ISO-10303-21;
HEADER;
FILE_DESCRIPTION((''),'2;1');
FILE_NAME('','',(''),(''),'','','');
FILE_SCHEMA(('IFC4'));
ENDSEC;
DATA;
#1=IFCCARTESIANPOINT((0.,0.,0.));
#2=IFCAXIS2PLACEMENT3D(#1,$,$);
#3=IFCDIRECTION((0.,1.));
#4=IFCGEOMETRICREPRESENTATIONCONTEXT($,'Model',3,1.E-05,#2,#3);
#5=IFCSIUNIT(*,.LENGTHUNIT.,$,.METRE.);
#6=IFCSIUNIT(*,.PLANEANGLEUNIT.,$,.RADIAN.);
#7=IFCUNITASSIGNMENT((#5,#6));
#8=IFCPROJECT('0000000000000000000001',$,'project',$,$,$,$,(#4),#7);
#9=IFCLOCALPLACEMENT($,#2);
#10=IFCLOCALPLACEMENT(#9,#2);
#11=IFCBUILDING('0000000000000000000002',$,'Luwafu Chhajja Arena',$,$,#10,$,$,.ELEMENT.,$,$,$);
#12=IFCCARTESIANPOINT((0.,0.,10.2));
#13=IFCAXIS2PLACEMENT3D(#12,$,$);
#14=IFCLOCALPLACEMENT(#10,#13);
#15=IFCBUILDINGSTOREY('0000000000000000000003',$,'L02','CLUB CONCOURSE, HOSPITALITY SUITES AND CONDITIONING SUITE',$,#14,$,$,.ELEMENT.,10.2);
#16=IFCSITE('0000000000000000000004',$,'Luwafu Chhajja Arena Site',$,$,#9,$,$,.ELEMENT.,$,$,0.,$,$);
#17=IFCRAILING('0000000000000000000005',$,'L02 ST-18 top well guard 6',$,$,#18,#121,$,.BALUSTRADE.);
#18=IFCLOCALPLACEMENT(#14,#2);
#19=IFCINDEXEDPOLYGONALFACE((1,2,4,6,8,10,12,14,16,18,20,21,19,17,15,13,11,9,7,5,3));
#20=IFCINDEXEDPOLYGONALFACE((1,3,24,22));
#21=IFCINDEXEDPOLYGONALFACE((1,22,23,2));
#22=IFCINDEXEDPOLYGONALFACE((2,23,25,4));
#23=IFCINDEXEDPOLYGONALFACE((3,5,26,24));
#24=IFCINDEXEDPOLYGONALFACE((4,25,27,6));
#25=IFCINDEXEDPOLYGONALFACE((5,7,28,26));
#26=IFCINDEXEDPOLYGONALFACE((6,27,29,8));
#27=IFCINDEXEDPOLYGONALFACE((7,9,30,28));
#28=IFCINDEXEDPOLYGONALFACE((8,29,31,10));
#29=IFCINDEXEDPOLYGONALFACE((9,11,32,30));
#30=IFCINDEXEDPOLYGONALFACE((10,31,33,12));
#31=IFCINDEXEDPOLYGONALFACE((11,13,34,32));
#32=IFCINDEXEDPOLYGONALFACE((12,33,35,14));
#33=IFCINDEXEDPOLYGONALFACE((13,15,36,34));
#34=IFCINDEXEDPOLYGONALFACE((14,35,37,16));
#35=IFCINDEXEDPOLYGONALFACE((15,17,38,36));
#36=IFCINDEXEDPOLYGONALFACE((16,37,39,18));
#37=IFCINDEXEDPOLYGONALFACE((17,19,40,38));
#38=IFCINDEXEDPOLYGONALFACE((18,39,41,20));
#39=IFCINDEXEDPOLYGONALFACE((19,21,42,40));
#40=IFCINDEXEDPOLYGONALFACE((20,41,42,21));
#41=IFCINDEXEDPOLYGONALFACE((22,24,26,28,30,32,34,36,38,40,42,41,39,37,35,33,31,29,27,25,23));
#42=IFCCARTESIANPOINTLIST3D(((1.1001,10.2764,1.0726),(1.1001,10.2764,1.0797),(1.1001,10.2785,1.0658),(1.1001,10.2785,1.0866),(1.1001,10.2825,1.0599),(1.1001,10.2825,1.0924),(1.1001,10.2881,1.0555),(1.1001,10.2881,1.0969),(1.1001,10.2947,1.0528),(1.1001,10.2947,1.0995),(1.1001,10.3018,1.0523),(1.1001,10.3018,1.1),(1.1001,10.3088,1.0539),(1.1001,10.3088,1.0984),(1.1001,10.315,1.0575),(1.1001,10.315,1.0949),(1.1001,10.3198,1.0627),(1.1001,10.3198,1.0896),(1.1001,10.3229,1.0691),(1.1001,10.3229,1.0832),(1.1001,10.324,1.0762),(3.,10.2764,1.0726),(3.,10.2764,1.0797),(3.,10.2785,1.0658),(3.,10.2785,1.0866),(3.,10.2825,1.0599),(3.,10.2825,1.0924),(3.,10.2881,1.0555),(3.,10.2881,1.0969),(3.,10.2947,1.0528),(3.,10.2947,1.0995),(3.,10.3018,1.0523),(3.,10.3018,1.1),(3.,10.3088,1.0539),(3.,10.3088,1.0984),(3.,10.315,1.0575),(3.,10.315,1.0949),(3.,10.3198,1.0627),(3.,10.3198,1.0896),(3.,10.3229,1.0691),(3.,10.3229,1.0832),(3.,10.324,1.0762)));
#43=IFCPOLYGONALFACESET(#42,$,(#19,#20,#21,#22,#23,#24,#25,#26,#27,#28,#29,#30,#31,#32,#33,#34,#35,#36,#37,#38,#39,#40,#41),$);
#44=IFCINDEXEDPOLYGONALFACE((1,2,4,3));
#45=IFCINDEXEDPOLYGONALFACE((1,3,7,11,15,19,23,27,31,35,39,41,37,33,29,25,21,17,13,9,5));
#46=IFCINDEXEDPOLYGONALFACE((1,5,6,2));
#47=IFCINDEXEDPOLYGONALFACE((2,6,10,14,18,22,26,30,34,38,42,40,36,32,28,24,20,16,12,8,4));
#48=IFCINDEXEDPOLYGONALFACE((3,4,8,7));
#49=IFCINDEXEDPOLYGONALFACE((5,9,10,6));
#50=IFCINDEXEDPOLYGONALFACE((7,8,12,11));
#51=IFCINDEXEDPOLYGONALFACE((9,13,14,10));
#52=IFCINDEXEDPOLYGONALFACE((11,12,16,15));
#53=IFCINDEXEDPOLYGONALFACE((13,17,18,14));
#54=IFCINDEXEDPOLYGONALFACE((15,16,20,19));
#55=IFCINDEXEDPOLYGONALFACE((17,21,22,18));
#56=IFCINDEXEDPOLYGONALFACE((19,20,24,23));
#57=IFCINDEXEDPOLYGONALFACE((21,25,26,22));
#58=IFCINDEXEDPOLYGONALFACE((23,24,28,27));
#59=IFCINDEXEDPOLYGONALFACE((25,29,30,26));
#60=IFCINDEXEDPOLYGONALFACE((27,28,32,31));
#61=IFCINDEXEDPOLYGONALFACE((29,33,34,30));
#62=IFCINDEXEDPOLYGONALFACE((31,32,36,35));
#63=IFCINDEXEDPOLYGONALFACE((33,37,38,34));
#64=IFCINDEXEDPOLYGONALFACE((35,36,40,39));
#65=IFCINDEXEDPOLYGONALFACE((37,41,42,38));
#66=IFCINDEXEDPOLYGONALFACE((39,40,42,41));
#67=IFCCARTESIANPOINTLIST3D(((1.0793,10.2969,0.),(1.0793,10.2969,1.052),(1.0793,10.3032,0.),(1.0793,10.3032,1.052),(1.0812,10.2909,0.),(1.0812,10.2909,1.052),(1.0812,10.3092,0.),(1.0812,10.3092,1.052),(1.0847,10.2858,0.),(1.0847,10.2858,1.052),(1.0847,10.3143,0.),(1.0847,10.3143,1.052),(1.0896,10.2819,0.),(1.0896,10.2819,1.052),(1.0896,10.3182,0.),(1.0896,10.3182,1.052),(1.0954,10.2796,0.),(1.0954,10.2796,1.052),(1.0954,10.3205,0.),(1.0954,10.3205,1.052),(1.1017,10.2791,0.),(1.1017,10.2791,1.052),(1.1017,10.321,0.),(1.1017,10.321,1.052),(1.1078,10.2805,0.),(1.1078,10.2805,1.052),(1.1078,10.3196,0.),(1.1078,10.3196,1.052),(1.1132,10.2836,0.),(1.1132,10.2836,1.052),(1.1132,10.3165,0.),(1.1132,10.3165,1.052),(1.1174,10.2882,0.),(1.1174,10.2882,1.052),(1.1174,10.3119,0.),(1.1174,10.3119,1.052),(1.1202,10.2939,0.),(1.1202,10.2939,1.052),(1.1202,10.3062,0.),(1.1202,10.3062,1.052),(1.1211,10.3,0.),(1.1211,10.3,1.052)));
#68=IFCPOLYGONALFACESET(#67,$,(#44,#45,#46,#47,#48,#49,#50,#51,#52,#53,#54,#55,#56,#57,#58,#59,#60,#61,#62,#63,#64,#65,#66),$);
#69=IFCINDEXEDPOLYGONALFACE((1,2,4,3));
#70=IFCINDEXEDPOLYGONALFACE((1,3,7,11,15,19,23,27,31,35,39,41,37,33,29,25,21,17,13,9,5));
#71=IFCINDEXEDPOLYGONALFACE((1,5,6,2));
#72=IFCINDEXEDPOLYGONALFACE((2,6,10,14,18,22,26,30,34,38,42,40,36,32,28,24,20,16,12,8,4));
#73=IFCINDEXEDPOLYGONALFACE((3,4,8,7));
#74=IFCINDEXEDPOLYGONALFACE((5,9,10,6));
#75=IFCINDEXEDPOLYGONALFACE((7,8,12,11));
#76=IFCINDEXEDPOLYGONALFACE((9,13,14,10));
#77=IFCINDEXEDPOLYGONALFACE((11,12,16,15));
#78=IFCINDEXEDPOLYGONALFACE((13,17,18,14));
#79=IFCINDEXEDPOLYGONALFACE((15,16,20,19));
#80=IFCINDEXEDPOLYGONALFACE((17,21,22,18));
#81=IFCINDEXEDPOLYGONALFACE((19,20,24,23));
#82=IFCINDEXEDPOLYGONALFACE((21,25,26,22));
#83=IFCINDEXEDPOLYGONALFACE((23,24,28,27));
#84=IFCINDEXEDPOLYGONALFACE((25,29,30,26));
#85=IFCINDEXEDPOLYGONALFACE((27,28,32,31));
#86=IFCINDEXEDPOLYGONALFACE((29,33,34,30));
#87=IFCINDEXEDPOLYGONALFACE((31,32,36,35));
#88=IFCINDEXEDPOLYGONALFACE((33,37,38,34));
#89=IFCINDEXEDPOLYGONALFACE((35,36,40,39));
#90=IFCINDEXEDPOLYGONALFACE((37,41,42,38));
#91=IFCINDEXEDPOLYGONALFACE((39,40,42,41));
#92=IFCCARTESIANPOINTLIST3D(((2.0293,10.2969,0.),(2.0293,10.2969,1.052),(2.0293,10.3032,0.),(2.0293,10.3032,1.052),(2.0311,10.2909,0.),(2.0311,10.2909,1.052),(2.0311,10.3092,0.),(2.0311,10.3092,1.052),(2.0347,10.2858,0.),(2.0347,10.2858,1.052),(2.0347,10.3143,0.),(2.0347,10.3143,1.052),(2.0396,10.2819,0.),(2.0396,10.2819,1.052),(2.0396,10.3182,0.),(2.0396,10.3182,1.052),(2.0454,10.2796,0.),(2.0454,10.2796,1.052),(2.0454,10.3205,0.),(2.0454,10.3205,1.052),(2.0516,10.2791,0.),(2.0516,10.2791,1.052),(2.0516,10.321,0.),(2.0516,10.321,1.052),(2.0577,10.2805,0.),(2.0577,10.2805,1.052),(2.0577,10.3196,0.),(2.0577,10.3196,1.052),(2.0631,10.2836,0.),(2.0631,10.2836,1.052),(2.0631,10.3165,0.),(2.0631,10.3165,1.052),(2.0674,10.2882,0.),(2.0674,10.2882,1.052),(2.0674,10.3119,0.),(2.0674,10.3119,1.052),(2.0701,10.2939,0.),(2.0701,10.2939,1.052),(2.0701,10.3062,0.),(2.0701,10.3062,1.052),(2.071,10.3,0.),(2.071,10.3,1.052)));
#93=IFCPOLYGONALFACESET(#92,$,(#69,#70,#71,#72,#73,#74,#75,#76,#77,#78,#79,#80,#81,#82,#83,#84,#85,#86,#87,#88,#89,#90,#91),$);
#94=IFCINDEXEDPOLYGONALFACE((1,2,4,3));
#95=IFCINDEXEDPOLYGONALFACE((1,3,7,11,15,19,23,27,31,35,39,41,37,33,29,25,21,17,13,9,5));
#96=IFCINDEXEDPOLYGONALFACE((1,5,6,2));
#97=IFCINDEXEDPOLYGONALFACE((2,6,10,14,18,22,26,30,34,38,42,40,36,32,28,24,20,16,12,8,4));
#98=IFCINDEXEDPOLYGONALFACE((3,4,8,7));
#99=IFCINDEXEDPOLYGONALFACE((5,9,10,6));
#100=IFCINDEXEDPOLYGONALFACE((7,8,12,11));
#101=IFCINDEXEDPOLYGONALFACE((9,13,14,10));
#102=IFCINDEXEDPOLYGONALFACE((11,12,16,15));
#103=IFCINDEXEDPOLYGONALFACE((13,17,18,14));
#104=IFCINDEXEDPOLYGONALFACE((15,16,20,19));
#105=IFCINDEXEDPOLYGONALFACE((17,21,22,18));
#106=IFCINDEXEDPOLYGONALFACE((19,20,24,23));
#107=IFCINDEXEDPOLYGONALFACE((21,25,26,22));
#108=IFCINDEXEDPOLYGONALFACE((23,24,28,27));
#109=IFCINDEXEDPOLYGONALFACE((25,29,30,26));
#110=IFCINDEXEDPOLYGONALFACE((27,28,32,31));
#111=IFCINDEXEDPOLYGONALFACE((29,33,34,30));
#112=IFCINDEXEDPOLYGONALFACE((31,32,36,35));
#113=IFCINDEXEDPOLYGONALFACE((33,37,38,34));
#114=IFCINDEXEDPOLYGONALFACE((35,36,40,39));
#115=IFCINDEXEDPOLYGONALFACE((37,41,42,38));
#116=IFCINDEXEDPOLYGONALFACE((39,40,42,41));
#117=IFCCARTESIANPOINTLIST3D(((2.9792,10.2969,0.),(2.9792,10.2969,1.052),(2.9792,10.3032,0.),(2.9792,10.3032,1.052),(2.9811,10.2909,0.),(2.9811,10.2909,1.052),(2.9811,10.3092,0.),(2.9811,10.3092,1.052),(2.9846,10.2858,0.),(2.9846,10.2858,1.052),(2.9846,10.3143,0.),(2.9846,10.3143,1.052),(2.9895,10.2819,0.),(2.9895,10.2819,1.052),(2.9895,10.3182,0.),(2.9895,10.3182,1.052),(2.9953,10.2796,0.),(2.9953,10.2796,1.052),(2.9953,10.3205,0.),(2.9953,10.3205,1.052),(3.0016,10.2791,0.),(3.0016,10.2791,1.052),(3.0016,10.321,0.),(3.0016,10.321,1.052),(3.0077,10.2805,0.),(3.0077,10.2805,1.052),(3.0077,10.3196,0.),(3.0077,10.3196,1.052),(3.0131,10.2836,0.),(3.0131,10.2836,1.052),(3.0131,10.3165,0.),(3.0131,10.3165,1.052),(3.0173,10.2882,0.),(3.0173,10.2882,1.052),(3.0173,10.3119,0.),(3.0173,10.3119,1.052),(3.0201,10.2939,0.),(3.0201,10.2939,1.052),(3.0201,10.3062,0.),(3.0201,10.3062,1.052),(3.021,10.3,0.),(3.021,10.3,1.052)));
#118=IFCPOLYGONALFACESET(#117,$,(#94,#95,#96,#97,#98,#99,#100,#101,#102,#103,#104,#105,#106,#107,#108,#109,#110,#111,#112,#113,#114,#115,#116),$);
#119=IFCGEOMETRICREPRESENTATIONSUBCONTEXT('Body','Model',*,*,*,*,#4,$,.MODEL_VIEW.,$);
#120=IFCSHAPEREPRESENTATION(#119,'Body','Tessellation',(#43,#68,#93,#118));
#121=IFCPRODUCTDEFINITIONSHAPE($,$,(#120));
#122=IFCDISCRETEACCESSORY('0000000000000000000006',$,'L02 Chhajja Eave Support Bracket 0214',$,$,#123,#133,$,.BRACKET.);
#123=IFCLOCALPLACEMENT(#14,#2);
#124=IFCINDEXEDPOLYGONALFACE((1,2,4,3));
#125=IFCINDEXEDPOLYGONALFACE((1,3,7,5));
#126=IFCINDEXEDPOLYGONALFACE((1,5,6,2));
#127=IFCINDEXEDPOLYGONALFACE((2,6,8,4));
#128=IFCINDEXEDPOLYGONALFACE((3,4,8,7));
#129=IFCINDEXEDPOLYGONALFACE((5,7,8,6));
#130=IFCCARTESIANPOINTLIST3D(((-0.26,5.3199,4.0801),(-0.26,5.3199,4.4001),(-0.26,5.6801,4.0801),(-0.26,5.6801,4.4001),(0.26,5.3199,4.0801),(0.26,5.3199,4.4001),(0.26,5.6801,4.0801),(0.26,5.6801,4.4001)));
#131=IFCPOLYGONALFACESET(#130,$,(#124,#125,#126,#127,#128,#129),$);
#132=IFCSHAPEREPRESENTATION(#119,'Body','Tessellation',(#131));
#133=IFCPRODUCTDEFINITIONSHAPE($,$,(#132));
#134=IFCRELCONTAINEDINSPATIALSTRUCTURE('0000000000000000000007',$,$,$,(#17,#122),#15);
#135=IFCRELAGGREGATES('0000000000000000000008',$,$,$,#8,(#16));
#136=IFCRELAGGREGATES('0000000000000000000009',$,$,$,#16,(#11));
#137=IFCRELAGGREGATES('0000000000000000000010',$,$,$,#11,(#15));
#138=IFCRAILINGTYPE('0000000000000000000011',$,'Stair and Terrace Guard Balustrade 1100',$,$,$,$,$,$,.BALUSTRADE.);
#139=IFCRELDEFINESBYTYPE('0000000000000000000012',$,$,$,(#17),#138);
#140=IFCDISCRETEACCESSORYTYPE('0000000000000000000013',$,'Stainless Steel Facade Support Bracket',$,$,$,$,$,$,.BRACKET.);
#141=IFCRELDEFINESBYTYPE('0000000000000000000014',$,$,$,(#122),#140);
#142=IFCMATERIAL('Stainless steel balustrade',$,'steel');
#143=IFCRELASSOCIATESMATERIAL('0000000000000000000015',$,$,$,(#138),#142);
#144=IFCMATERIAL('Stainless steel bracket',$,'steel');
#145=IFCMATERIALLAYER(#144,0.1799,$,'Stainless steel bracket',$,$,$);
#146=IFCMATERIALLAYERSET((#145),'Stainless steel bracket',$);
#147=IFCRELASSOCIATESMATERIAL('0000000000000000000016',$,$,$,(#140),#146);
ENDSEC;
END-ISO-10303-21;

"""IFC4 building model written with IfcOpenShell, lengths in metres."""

from ifc_helpers import new_model, si_unit, direction, frame, origin, origin_2d, place, context, subcontext, project, spatial, rectangle, circle, extrude, material, layer, layer_set, type_object, element, save


model = new_model("IFC4")

# Units and contexts
model_context = context("Model", 3, precision=1e-05, world=origin(), true_north=direction((0.0, 1.0)))
body_context = subcontext(model_context, "Body", "Model", "MODEL_VIEW")
ifc_project = project(units=[si_unit("LENGTHUNIT", "METRE"), si_unit("PLANEANGLEUNIT", "RADIAN")], contexts=[model_context])

# Site, building, storey
site_placement = place(None, origin())
site = spatial("IfcSite", under=ifc_project, at=site_placement, Name="Luwafu Chhajja Arena Site", CompositionType="ELEMENT", RefElevation=0.0)
building_placement = place(site_placement, origin())
building = spatial("IfcBuilding", under=site, at=building_placement, Name="Luwafu Chhajja Arena", CompositionType="ELEMENT")
storey_placement = place(building_placement, frame((0.0, 0.0, 10.2)))
storey = spatial("IfcBuildingStorey", under=building, at=storey_placement, Name="L02", Description="CLUB CONCOURSE, HOSPITALITY SUITES AND CONDITIONING SUITE", CompositionType="ELEMENT", Elevation=10.2)

# Railing
ifc_material_1 = material(Name="Stainless steel balustrade", Category="steel")
railing_type = type_object("IfcRailingType", Name="Stair and Terrace Guard Balustrade 1100", PredefinedType="BALUSTRADE", material=ifc_material_1)
for number, where, name in (
    (1, (1.1001, 10.3, 0.0), "L02 ST-18 top well guard 6"),
):
    element("IfcRailing", number, at=place(storey_placement, frame(where)), inside=storey, type_object=railing_type, Name=name, PredefinedType="BALUSTRADE", context=body_context, shape_type="SweptSolid", body=[
        extrude(circle(Radius=0.0239, at=origin_2d()), frame((0.0, 0.0, 1.0762), z_axis=(1.0, 0.0, 0.0), x_axis=(0.0, 1.0, 0.0)), (0.0, 0.0, 1.0), 1.8999),
        extrude(circle(Radius=0.021, at=origin_2d()), origin(), (0.0, 0.0, 1.0), 1.052),
        extrude(circle(Radius=0.021, at=origin_2d()), frame((0.95, 0.0, 0.0)), (0.0, 0.0, 1.0), 1.052),
        extrude(circle(Radius=0.021, at=origin_2d()), frame((1.8999, 0.0, 0.0)), (0.0, 0.0, 1.0), 1.052),
    ])

# Discrete accessory
ifc_material_2 = material(Name="Stainless steel bracket", Category="steel")
ifc_layer_1 = layer(ifc_material_2, 0.1799, Name="Stainless steel bracket")
ifc_layer_set_1 = layer_set([ifc_layer_1], Name="Stainless steel bracket")
discrete_accessory_type = type_object("IfcDiscreteAccessoryType", Name="Stainless Steel Facade Support Bracket", PredefinedType="BRACKET", material=ifc_layer_set_1)
discrete_accessory_placement = place(storey_placement, frame((0.0, 5.5, 4.0801), z_axis=(0.0, 0.0, 1.0), x_axis=(0.0, 1.0, 0.0)))
element("IfcDiscreteAccessory", 2, at=discrete_accessory_placement, inside=storey, type_object=discrete_accessory_type, Name="L02 Chhajja Eave Support Bracket 0214", PredefinedType="BRACKET", context=body_context, shape_type="SweptSolid", body=[
    extrude(rectangle(XDim=0.3601, YDim=0.52, at=origin_2d()), origin(), (0.0, 0.0, 1.0), 0.3201),
])

save(model, "model.ifc")
